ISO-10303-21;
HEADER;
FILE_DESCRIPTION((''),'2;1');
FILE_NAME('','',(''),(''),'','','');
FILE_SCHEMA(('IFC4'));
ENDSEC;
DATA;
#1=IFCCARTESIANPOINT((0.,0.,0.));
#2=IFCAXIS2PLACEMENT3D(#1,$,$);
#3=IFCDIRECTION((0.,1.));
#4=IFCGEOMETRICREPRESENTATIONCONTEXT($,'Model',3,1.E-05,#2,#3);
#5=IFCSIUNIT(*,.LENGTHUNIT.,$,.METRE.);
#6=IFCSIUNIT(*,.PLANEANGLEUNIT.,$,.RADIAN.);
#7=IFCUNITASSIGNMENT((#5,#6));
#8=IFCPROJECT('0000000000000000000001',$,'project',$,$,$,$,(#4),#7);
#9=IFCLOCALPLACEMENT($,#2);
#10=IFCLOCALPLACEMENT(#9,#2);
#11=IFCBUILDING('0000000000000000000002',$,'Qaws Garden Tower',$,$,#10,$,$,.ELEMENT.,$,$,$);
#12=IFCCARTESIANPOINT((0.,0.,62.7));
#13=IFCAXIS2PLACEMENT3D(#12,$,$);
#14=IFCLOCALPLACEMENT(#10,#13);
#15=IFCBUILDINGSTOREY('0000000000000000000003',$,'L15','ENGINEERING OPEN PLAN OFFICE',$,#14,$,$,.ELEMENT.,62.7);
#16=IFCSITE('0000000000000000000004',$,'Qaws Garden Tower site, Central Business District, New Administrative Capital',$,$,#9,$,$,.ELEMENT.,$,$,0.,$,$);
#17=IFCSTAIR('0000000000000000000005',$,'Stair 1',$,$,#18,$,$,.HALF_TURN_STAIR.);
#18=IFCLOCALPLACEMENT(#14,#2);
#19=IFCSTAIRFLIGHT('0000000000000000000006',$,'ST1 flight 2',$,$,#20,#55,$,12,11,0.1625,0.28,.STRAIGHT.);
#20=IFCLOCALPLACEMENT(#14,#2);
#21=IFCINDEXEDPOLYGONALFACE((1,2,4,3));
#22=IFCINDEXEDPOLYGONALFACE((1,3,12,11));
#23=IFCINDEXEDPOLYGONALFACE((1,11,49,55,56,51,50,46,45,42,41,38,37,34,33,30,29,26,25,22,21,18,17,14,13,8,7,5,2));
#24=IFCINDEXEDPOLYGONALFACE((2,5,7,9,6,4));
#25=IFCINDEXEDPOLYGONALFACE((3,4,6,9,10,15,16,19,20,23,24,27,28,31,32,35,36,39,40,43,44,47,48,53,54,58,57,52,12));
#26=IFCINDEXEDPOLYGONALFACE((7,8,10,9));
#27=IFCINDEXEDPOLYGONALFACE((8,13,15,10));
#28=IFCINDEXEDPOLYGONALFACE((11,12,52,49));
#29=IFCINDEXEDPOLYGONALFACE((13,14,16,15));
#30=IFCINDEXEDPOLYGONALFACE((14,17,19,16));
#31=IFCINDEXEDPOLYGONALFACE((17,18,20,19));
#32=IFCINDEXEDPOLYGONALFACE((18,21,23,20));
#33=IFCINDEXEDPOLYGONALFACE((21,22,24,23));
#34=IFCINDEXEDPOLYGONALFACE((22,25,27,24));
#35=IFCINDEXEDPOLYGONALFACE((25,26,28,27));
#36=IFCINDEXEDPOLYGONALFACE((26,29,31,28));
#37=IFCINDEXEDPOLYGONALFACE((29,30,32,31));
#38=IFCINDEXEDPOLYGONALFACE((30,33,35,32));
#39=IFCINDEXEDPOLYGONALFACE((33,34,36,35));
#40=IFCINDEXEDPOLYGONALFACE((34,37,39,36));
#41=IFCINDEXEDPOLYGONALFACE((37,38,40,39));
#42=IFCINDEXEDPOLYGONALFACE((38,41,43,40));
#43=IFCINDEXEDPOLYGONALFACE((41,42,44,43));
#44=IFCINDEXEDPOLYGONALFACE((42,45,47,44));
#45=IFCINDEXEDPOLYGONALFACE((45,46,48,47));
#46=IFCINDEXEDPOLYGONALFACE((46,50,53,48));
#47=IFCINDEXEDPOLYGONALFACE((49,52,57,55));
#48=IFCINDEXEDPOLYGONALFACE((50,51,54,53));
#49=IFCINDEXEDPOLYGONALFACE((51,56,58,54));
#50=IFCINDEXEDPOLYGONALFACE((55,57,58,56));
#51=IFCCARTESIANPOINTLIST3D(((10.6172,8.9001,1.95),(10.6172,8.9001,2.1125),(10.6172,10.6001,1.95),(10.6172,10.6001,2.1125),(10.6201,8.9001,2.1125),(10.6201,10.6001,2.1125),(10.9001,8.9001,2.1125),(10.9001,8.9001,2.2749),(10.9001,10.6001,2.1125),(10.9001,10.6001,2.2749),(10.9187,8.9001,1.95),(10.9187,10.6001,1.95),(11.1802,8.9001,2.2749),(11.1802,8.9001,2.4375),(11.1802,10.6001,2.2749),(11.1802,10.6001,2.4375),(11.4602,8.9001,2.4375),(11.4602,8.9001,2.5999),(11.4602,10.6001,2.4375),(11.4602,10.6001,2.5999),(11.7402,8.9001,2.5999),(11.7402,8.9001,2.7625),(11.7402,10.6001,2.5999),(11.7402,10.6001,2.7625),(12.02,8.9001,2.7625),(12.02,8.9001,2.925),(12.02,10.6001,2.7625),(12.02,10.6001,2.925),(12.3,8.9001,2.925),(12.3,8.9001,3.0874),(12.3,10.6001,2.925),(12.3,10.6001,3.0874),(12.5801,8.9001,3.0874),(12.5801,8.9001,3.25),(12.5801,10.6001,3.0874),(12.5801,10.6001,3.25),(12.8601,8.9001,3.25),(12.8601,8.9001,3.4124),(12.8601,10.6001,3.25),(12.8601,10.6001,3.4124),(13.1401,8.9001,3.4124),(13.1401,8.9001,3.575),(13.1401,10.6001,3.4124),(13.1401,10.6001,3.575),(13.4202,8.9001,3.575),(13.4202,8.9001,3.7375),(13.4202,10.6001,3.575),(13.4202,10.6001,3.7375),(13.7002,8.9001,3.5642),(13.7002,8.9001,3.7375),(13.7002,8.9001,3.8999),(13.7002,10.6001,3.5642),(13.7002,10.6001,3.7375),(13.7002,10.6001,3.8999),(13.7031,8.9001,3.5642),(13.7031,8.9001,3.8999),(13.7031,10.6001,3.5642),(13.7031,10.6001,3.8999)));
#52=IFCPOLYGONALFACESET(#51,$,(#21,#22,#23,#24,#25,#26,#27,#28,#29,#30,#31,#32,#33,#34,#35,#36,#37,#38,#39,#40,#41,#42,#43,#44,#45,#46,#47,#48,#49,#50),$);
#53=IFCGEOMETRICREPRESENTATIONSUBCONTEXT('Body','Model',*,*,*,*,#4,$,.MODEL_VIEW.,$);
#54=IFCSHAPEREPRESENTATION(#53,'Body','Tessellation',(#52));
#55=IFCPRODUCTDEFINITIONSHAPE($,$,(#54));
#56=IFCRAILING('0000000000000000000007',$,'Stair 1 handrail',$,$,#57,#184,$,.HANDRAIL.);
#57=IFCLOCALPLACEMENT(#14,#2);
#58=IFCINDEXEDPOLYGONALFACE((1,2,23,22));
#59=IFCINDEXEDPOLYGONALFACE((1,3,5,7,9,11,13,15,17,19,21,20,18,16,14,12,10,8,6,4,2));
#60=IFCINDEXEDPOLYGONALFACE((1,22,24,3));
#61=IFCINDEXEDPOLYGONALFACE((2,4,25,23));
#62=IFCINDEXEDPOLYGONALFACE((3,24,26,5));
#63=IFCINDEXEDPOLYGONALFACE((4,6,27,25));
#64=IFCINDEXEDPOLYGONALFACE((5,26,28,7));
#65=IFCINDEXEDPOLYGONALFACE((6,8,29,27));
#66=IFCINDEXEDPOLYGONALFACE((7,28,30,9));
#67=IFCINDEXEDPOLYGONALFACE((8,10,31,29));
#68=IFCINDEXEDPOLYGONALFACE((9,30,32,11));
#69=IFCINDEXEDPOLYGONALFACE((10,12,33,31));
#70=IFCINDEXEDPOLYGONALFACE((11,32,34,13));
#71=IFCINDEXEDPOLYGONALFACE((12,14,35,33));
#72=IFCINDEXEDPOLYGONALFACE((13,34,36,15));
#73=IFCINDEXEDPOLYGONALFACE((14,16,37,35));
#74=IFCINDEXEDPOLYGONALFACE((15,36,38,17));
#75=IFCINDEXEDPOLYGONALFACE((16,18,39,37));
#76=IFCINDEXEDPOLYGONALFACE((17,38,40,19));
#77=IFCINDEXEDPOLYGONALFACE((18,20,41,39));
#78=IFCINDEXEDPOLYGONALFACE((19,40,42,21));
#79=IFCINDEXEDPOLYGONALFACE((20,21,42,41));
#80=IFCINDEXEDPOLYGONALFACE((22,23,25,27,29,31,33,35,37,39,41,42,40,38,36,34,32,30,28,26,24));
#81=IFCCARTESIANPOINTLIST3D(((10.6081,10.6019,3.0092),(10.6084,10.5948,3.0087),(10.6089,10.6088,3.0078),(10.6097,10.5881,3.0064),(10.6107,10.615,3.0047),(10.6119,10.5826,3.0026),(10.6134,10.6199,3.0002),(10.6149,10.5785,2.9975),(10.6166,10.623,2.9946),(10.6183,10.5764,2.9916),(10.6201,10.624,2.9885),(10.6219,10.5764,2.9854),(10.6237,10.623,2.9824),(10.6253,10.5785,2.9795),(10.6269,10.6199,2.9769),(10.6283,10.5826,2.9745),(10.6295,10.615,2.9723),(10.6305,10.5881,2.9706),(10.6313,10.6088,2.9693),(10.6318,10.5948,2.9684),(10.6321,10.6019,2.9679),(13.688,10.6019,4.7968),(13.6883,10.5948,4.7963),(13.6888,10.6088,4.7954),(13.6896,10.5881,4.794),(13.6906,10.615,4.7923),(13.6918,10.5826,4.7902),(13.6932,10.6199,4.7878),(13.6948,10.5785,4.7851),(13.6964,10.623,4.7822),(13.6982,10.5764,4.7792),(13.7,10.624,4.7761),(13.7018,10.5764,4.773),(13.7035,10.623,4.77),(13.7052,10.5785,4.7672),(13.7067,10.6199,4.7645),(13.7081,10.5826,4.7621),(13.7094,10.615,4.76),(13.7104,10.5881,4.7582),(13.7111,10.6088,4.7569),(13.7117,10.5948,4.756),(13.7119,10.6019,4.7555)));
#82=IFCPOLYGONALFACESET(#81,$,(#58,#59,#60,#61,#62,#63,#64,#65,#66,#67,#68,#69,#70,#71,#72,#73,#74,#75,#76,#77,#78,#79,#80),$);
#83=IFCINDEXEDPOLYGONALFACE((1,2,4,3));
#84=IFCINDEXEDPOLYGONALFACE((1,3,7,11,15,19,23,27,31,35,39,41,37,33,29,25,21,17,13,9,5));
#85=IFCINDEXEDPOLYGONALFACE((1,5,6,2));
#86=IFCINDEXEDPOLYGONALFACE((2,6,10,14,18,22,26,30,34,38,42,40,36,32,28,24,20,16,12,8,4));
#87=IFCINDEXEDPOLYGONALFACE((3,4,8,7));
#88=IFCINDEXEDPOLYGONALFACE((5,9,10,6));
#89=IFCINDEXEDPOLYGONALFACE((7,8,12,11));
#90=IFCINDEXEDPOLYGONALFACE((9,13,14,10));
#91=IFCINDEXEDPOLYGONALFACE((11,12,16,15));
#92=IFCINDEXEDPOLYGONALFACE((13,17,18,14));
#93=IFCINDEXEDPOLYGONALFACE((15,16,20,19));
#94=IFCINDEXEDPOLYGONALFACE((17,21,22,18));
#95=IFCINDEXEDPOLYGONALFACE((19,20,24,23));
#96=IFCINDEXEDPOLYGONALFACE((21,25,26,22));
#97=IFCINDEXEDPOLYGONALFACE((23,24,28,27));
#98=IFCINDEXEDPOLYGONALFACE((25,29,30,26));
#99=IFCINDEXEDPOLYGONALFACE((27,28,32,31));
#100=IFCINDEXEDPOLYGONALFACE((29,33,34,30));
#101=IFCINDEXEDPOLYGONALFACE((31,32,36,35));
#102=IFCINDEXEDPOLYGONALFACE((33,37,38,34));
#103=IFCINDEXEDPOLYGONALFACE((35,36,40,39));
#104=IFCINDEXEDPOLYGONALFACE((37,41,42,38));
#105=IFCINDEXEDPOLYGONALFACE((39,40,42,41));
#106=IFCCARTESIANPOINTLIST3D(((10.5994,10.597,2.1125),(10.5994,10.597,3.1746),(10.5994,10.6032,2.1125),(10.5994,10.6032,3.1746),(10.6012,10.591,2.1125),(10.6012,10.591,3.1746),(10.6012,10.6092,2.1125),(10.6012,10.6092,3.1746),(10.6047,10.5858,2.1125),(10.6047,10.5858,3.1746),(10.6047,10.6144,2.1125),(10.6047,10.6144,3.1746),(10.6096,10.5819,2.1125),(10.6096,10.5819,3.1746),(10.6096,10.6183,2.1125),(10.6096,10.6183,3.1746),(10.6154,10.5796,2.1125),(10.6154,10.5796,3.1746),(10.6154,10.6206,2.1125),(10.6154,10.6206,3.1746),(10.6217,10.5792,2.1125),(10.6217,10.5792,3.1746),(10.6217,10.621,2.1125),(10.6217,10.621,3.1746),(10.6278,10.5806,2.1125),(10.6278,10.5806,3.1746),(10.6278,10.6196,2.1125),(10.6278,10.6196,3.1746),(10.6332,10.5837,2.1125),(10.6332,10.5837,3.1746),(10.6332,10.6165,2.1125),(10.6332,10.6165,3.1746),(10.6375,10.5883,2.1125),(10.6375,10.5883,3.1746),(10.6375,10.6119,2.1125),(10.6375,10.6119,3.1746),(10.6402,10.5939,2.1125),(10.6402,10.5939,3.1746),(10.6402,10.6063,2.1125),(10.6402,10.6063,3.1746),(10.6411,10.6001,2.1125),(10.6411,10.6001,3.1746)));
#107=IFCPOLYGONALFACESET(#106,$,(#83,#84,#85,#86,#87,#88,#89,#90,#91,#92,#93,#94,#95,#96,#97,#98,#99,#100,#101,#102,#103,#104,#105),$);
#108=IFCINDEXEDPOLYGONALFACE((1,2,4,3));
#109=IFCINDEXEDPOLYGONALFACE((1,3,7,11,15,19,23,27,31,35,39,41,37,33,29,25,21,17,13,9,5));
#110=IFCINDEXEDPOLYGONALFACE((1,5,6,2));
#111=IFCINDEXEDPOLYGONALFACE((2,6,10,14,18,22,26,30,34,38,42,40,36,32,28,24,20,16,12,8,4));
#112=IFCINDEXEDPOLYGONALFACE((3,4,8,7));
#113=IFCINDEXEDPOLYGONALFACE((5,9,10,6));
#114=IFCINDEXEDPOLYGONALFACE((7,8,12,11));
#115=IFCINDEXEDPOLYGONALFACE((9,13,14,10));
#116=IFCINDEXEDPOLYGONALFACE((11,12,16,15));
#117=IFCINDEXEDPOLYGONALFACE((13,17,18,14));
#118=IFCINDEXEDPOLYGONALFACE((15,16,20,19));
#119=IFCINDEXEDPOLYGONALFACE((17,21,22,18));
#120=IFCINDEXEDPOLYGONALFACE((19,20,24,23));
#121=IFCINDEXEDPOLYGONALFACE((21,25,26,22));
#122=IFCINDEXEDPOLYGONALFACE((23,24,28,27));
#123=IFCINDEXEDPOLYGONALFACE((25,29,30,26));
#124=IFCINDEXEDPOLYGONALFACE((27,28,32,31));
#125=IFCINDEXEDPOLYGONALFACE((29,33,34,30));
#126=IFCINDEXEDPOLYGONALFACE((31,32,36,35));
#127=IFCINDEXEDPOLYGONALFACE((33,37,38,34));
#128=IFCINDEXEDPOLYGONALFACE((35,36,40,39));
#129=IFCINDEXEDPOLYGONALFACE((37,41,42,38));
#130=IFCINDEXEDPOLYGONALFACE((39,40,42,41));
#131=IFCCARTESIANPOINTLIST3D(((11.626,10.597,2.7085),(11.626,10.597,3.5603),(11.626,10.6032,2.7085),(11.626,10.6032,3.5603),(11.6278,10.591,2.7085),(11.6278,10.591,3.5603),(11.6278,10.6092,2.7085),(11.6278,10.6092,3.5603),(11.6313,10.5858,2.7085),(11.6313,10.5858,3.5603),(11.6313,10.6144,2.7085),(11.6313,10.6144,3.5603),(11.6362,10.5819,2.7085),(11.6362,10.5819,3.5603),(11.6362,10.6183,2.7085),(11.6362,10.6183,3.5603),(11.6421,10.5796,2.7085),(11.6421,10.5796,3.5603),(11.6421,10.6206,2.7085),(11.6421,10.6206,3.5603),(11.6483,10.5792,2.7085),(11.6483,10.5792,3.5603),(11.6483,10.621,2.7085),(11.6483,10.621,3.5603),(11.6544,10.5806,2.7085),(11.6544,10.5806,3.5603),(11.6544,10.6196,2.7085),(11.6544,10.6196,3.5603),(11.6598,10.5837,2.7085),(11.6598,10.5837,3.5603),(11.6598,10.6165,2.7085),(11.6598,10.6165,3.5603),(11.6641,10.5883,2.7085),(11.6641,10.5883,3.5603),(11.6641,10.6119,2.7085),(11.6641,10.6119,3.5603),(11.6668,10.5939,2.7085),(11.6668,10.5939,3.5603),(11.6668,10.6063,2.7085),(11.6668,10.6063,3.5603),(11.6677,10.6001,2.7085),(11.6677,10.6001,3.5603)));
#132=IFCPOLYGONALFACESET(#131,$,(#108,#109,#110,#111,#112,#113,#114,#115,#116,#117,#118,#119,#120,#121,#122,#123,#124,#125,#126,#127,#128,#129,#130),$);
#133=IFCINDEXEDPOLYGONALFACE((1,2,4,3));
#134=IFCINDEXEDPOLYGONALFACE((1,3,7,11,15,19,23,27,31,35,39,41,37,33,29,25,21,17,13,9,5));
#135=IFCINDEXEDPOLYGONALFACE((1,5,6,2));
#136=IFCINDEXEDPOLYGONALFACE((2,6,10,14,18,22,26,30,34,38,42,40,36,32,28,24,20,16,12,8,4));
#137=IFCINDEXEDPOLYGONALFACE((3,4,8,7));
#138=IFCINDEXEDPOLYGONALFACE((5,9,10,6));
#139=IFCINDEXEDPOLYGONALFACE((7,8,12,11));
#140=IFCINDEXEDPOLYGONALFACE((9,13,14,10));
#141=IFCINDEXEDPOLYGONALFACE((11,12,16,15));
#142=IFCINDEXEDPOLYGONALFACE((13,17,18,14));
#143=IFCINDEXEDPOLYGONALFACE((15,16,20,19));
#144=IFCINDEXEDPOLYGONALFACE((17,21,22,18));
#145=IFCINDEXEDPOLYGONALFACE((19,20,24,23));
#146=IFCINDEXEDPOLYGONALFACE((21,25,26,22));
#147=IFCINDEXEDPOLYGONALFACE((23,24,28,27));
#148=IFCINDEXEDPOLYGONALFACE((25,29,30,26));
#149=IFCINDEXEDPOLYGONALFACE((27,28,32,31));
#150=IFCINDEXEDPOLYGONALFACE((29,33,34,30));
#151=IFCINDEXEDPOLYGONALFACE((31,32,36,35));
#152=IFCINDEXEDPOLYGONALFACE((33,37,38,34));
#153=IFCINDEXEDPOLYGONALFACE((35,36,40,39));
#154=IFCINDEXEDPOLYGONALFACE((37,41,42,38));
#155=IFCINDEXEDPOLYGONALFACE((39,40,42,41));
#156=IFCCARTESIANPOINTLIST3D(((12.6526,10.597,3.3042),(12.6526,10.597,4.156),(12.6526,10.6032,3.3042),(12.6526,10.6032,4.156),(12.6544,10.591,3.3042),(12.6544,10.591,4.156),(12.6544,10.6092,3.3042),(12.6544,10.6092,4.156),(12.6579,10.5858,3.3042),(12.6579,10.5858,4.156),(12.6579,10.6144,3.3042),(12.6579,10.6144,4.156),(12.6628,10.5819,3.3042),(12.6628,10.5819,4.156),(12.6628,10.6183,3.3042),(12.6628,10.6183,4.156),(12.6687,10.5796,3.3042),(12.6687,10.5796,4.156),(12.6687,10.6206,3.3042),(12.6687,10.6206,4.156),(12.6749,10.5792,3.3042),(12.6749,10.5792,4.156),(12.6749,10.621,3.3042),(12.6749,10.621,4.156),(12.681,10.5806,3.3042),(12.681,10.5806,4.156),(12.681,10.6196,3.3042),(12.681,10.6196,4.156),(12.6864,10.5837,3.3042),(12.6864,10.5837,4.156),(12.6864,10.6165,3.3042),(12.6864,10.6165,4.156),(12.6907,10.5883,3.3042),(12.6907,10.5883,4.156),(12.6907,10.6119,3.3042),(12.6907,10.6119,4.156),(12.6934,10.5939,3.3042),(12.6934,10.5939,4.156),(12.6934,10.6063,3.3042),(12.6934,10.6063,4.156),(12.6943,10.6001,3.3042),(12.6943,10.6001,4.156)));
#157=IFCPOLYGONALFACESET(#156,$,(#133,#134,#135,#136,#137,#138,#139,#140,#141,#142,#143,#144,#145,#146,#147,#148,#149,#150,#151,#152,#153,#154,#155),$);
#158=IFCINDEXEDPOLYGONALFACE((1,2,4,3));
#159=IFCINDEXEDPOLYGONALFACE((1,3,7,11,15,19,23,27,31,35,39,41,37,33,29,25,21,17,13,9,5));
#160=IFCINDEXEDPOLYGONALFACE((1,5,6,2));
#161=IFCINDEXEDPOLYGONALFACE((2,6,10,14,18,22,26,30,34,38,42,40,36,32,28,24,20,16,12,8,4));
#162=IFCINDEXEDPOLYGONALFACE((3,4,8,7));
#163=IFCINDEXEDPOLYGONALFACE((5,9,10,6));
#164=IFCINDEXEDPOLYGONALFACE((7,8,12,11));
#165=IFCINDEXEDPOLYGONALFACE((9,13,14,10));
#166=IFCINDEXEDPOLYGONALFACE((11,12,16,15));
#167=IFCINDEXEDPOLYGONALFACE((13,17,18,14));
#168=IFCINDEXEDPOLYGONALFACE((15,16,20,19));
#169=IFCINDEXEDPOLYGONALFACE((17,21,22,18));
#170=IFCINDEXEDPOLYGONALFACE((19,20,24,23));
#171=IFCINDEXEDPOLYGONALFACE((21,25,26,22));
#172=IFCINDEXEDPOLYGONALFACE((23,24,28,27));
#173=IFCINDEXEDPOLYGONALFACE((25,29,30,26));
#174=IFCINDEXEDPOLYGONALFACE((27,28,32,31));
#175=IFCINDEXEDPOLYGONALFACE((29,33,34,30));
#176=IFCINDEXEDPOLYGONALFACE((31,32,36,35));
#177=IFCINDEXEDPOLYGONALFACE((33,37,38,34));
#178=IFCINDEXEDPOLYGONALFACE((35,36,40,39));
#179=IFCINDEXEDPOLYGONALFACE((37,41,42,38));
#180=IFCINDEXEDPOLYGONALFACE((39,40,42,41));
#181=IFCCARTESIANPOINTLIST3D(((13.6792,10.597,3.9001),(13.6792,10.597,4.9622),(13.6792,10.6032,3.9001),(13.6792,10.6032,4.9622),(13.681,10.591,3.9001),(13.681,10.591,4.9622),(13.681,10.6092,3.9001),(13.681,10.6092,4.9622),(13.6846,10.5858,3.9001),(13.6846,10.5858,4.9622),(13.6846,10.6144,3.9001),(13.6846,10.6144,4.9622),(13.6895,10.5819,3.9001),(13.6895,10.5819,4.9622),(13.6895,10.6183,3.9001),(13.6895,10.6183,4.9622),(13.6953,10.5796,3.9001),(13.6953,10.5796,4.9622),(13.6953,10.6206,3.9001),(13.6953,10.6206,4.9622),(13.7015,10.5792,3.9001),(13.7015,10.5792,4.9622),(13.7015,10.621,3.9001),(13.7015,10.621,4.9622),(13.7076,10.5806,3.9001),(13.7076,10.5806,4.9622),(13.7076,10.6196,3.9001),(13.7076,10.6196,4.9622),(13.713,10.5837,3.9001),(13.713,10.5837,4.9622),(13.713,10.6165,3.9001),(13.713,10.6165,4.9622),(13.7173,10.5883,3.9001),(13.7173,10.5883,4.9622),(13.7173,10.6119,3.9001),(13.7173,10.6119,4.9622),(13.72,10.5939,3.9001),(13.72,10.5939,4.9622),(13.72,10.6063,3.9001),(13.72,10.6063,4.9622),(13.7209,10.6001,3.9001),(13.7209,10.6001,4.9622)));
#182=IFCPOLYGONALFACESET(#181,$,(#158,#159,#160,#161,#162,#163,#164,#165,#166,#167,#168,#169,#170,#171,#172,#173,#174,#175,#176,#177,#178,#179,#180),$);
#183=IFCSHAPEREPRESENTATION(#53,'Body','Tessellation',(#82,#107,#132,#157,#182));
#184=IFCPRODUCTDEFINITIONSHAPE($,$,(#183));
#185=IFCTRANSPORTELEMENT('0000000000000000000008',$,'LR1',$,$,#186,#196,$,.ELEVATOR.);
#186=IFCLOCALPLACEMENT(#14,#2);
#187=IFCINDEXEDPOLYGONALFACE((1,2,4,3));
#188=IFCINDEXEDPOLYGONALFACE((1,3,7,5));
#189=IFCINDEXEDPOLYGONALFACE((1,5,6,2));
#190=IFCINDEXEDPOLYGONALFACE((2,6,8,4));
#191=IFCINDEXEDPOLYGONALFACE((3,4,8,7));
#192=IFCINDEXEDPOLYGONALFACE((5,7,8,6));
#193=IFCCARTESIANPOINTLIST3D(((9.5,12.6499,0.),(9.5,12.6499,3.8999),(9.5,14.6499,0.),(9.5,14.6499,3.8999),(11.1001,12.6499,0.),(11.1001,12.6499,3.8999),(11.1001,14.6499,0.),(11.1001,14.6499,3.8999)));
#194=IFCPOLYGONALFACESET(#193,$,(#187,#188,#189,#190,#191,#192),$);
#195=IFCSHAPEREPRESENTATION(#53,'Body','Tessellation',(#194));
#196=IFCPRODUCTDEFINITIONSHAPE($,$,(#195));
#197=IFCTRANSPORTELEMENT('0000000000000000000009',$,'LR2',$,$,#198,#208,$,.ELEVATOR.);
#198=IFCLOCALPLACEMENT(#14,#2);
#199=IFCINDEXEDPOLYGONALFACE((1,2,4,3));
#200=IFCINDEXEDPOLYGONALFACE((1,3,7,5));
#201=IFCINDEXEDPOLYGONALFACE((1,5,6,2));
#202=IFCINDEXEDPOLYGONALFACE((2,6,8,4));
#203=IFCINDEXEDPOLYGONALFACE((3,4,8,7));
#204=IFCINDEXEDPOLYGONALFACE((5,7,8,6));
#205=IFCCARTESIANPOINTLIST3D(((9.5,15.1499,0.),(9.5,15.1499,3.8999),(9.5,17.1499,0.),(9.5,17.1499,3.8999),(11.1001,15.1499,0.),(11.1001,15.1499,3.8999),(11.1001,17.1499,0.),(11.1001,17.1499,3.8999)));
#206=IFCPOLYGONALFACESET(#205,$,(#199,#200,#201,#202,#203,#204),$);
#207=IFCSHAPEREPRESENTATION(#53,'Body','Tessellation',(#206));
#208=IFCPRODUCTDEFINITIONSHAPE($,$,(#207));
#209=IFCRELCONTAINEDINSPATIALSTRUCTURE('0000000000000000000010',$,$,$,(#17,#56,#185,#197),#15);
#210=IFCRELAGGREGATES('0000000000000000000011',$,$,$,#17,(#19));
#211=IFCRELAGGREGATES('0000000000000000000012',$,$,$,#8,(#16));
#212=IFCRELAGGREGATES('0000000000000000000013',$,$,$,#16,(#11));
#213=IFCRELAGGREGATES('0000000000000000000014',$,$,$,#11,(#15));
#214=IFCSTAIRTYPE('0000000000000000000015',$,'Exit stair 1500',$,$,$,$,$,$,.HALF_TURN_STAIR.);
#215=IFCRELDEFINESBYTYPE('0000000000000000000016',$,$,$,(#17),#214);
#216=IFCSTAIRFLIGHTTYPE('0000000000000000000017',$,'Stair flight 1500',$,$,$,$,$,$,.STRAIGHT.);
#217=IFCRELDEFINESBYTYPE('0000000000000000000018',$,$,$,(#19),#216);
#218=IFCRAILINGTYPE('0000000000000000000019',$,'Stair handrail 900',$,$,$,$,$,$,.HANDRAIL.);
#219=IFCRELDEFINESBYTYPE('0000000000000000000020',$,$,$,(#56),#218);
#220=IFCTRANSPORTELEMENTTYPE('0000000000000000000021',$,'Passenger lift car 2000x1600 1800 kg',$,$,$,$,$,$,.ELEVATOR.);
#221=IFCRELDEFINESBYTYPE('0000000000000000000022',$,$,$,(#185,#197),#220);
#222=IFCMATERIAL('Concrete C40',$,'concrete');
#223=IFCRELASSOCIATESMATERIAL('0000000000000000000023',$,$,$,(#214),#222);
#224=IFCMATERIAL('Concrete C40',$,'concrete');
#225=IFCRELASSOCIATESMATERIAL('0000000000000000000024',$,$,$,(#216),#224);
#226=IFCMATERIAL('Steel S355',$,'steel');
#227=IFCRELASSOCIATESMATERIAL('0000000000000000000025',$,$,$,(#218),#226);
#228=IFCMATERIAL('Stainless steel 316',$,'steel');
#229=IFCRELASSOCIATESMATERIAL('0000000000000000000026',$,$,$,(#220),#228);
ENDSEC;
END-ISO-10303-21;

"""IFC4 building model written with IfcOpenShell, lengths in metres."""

from ifc_helpers import new_model, si_unit, direction, frame, origin, origin_2d, place, context, subcontext, project, spatial, polyline, rectangle, circle, outline, extrude, material, type_object, element, aggregate, save


model = new_model("IFC4")

# Units and contexts
model_context = context("Model", 3, precision=1e-05, world=origin(), true_north=direction((0.0, 1.0)))
body_context = subcontext(model_context, "Body", "Model", "MODEL_VIEW")
ifc_project = project(units=[si_unit("LENGTHUNIT", "METRE"), si_unit("PLANEANGLEUNIT", "RADIAN")], contexts=[model_context])

# Site, building, storey
site_placement = place(None, origin())
site = spatial("IfcSite", under=ifc_project, at=site_placement, Name="Qaws Garden Tower site, Central Business District, New Administrative Capital", CompositionType="ELEMENT", RefElevation=0.0)
building_placement = place(site_placement, origin())
building = spatial("IfcBuilding", under=site, at=building_placement, Name="Qaws Garden Tower", CompositionType="ELEMENT")
storey_placement = place(building_placement, frame((0.0, 0.0, 62.7)))
storey = spatial("IfcBuildingStorey", under=building, at=storey_placement, Name="L15", Description="ENGINEERING OPEN PLAN OFFICE", CompositionType="ELEMENT", Elevation=62.7)

# Stair, stair flight
ifc_material_1 = material(Name="Concrete C40", Category="concrete")
stair_type = type_object("IfcStairType", Name="Exit stair 1500", PredefinedType="HALF_TURN_STAIR", material=ifc_material_1)
stair_placement = place(storey_placement, origin())
stair = element("IfcStair", 1, at=stair_placement, inside=storey, type_object=stair_type, Name="Stair 1", PredefinedType="HALF_TURN_STAIR")
ifc_material_2 = material(Name="Concrete C40", Category="concrete")
stair_flight_type = type_object("IfcStairFlightType", Name="Stair flight 1500", PredefinedType="STRAIGHT", material=ifc_material_2)
stair_flight_placement = place(storey_placement, frame((10.6201, 9.75, 1.95), z_axis=(0.0, 0.0, 1.0), x_axis=(1.0, 0.0, 0.0)))
stair_flight = element("IfcStairFlight", 2, at=stair_flight_placement, type_object=stair_flight_type, Name="ST1 flight 2", NumberOfRisers=12, NumberOfTreads=11, PredefinedType="STRAIGHT", RiserHeight=0.1625, TreadLength=0.28, context=body_context, shape_type="SweptSolid", body=[
    extrude(outline(polyline([(-0.0029, 0.0), (-0.0029, 0.1626), (0.0, 0.1626), (0.28, 0.1626), (0.28, 0.325), (0.5601, 0.325), (0.5601, 0.4875), (0.8401, 0.4875), (0.8401, 0.6499), (1.1201, 0.6499), (1.1201, 0.8125), (1.3999, 0.8125), (1.3999, 0.9751), (1.6799, 0.9751), (1.6799, 1.1375), (1.96, 1.1375), (1.96, 1.3), (2.24, 1.3), (2.24, 1.4624), (2.52, 1.4624), (2.52, 1.625), (2.8, 1.625), (2.8, 1.7876), (3.0801, 1.7876), (3.0801, 1.95), (3.083, 1.95), (3.083, 1.6143), (3.0801, 1.6143), (0.2986, 0.0), (-0.0029, 0.0)])), frame((0.0, 0.8501, 0.0), z_axis=(0.0, -1.0, 0.0), x_axis=(1.0, 0.0, 0.0)), (0.0, 0.0, 1.0), 1.7),
])
aggregate(stair, [stair_flight])

# Railing
ifc_material_3 = material(Name="Steel S355", Category="steel")
railing_type = type_object("IfcRailingType", Name="Stair handrail 900", PredefinedType="HANDRAIL", material=ifc_material_3)
railing_placement = place(storey_placement, frame((10.6201, 10.6001, 2.1125)))
element("IfcRailing", 3, at=railing_placement, inside=storey, type_object=railing_type, Name="Stair 1 handrail", PredefinedType="HANDRAIL", context=body_context, shape_type="SweptSolid", body=[
    extrude(circle(Radius=0.0239, at=origin_2d()), frame((0.0, 0.0, 0.876), z_axis=(0.864873, 0.0, 0.50199), x_axis=(0.0, 1.0, 0.0)), (0.0, 0.0, 1.0), 3.561),
    extrude(circle(Radius=0.021, at=origin_2d()), origin(), (0.0, 0.0, 1.0), 1.062),
    extrude(circle(Radius=0.021, at=origin_2d()), frame((1.0266, 0.0, 0.5959)), (0.0, 0.0, 1.0), 0.8518),
    extrude(circle(Radius=0.021, at=origin_2d()), frame((2.0532, 0.0, 1.1917)), (0.0, 0.0, 1.0), 0.8518),
    extrude(circle(Radius=0.021, at=origin_2d()), frame((3.0798, 0.0, 1.7876)), (0.0, 0.0, 1.0), 1.062),
])

# Transport elements
ifc_material_4 = material(Name="Stainless steel 316", Category="steel")
transport_element_type = type_object("IfcTransportElementType", Name="Passenger lift car 2000x1600 1800 kg", PredefinedType="ELEVATOR", material=ifc_material_4)
for number, where, z_axis, x_axis, name in (
    (4, (10.3, 13.6499, 0.0), (0.0, 0.0, 1.0), (1.0, 0.0, 0.0), "LR1"),
    (5, (10.3, 16.1499, 0.0), (0.0, 0.0, 1.0), (1.0, 0.0, 0.0), "LR2"),
):
    element("IfcTransportElement", number, at=place(storey_placement, frame(where, z_axis=z_axis, x_axis=x_axis)), inside=storey, type_object=transport_element_type, Name=name, PredefinedType="ELEVATOR", context=body_context, shape_type="SweptSolid", body=[
        extrude(rectangle(XDim=1.6001, YDim=2.0, at=origin_2d()), origin(), (0.0, 0.0, 1.0), 3.8999),
    ])

save(model, "model.ifc")
